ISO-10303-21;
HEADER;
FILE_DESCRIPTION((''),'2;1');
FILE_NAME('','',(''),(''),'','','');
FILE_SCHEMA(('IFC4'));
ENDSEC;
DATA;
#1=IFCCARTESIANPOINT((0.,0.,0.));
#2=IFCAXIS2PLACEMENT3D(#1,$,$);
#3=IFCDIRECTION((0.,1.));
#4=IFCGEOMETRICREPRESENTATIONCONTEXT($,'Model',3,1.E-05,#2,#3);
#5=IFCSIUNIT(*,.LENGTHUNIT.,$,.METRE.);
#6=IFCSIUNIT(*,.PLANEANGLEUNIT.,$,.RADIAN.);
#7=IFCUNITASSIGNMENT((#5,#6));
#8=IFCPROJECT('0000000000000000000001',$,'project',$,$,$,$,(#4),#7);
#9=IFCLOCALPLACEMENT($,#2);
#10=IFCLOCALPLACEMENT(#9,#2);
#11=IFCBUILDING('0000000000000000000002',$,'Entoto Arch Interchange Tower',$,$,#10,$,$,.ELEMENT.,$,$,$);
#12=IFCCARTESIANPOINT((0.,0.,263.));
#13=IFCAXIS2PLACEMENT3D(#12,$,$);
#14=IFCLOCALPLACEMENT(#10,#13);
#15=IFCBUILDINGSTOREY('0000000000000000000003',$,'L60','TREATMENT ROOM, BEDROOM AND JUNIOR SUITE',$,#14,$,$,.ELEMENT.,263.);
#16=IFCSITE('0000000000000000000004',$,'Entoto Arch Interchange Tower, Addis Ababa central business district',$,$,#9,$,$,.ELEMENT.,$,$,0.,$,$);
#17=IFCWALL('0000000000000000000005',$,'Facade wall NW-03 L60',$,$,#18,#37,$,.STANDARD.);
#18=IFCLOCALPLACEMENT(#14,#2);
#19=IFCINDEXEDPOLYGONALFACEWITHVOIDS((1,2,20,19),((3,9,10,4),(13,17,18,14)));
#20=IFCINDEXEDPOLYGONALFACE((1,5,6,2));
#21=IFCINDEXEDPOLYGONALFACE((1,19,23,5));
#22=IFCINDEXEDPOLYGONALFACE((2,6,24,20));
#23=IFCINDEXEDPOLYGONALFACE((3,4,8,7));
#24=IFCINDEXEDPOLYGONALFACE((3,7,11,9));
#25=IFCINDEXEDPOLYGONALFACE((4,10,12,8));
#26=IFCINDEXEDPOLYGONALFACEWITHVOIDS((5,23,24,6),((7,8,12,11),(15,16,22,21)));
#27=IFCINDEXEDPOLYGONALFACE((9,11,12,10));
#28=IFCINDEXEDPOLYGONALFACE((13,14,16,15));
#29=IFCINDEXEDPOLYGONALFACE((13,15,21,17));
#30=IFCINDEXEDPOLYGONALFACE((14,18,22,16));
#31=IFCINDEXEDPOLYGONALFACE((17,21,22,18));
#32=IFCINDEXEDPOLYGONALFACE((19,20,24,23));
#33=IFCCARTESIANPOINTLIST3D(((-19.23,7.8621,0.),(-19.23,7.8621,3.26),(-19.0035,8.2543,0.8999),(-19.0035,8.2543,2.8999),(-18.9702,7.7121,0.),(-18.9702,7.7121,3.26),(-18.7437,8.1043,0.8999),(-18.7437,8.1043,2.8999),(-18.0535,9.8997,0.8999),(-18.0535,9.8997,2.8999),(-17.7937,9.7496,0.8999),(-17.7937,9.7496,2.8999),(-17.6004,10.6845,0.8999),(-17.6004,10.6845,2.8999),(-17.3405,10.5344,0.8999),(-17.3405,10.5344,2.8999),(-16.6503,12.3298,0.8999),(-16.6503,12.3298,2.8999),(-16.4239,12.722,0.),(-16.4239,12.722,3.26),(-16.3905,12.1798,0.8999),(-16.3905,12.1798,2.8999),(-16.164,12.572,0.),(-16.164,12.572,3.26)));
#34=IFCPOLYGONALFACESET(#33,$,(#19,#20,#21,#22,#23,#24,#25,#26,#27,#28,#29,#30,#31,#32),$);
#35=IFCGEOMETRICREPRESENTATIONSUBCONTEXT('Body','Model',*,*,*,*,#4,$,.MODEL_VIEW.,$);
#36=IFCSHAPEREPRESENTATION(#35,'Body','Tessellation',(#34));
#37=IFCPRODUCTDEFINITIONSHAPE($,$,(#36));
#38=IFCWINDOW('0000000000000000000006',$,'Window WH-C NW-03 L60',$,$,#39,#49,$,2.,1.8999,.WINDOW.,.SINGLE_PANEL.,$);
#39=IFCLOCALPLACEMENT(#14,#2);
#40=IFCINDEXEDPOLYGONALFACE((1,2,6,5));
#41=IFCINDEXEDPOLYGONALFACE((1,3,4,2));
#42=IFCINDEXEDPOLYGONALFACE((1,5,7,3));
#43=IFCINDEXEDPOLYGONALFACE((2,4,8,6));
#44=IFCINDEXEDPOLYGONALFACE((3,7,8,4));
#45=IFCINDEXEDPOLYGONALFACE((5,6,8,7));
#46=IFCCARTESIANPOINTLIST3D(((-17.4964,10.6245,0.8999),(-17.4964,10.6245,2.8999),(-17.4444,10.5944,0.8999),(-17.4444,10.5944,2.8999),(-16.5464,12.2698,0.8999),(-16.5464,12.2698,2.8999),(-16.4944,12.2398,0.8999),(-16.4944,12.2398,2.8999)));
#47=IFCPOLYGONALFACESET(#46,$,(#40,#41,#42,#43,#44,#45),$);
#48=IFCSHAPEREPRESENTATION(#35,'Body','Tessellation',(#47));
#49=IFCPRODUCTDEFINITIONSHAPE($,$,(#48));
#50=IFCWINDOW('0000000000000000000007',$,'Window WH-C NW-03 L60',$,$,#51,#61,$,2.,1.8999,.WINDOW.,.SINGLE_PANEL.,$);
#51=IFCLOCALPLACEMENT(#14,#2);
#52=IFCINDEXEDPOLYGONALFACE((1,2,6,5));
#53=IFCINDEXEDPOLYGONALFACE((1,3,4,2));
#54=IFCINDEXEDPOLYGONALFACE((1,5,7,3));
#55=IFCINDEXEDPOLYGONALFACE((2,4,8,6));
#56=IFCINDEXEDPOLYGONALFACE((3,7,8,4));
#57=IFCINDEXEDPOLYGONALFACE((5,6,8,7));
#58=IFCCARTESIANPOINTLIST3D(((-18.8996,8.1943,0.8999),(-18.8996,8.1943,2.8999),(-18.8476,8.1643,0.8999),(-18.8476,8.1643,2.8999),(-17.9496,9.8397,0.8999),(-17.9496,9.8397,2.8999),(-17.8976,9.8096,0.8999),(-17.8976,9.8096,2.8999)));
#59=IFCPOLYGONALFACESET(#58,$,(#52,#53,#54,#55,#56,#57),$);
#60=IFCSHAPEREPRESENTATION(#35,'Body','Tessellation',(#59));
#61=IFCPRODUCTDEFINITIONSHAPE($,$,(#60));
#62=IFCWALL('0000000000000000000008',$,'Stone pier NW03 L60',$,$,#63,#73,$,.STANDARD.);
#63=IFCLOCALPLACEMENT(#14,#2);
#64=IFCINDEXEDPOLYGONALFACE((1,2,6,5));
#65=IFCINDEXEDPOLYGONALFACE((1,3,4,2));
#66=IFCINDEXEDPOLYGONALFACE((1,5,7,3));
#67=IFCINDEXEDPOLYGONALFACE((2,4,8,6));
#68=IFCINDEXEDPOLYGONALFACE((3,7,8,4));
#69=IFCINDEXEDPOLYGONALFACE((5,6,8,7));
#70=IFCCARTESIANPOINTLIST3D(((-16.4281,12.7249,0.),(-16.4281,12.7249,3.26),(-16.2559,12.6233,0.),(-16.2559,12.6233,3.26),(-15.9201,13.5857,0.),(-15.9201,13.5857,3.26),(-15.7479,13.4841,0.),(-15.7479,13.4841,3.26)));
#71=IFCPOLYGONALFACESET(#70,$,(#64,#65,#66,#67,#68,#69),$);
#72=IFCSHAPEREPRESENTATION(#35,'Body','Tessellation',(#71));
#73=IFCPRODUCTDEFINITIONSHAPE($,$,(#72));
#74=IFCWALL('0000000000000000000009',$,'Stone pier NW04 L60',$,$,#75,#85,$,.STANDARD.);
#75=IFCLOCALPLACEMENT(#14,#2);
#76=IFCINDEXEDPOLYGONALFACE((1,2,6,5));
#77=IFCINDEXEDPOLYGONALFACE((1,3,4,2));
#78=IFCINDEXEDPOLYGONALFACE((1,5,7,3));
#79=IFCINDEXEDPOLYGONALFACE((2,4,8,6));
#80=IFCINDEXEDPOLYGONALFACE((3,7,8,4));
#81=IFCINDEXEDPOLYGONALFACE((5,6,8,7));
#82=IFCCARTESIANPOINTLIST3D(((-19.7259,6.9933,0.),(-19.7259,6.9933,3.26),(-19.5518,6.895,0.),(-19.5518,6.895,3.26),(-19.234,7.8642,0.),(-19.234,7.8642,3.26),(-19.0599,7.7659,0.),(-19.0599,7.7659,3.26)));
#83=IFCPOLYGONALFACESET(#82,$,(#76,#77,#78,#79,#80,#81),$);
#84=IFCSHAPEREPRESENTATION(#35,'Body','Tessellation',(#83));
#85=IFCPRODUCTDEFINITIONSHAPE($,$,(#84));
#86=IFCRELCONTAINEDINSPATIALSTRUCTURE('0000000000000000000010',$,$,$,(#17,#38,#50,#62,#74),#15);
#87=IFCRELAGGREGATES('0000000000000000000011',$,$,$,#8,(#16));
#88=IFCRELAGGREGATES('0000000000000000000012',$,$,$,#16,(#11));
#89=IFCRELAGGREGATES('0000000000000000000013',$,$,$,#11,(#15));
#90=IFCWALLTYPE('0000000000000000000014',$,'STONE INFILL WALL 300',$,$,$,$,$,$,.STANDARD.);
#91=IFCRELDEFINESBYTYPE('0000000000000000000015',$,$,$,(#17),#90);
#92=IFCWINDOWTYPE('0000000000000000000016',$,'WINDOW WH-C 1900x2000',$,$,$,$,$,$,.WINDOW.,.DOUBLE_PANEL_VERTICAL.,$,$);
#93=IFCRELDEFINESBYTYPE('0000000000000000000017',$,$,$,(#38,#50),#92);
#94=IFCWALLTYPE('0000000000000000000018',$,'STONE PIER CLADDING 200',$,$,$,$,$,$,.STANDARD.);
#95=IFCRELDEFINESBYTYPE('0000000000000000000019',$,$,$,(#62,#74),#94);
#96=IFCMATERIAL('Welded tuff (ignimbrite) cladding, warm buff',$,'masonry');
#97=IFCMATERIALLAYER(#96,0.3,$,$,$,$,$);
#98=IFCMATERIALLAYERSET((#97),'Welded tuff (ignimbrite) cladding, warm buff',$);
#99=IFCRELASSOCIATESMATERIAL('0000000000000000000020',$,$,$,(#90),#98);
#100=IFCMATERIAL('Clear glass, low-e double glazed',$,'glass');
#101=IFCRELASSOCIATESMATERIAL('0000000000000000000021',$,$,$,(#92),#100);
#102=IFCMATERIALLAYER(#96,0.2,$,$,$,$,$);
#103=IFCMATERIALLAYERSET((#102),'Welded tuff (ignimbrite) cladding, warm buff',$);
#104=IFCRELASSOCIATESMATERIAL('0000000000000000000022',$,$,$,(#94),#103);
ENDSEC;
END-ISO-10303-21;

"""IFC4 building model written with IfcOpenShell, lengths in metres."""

from ifc_helpers import new_model, si_unit, direction, frame, frame_2d, origin, place, context, subcontext, project, spatial, rectangle, extrude, material, layer, layer_set, type_object, element, fill, save


model = new_model("IFC4")

# Units and contexts
model_context = context("Model", 3, precision=1e-05, world=origin(), true_north=direction((0.0, 1.0)))
body_context = subcontext(model_context, "Body", "Model", "MODEL_VIEW")
ifc_project = project(units=[si_unit("LENGTHUNIT", "METRE"), si_unit("PLANEANGLEUNIT", "RADIAN")], contexts=[model_context])

# Site, building, storey
site_placement = place(None, origin())
site = spatial("IfcSite", under=ifc_project, at=site_placement, Name="Entoto Arch Interchange Tower, Addis Ababa central business district", CompositionType="ELEMENT", RefElevation=0.0)
building_placement = place(site_placement, origin())
building = spatial("IfcBuilding", under=site, at=building_placement, Name="Entoto Arch Interchange Tower", CompositionType="ELEMENT")
storey_placement = place(building_placement, frame((0.0, 0.0, 263.0)))
storey = spatial("IfcBuildingStorey", under=building, at=storey_placement, Name="L60", Description="TREATMENT ROOM, BEDROOM AND JUNIOR SUITE", CompositionType="ELEMENT", Elevation=263.0)

# Wall, openings, windows
ifc_material_1 = material(Name="Welded tuff (ignimbrite) cladding, warm buff", Category="masonry")
ifc_layer_1 = layer(ifc_material_1, 0.3)
ifc_layer_set_1 = layer_set([ifc_layer_1], Name="Welded tuff (ignimbrite) cladding, warm buff")
wall_type_1 = type_object("IfcWallType", Name="STONE INFILL WALL 300", PredefinedType="STANDARD", material=ifc_layer_set_1)
wall_1_placement = place(storey_placement, frame((-16.2939, 12.647, 0.0), z_axis=(0.0, 0.0, 1.0), x_axis=(-0.500041, -0.866002, 0.0)))
wall_1 = element("IfcWall", 1, at=wall_1_placement, inside=storey, type_object=wall_type_1, Name="Facade wall NW-03 L60", PredefinedType="STANDARD", context=body_context, shape_type="SweptSolid", body=[
    extrude(rectangle(XDim=5.6118, YDim=0.3, at=frame_2d((2.8059, 0.0))), origin(), (0.0, 0.0, 1.0), 3.26),
])
opening_1_placement = place(wall_1_placement, frame((0.4529, 0.0, 0.8999)))
opening_1 = element("IfcOpeningElement", 2, at=opening_1_placement, cuts=wall_1, PredefinedType="OPENING", context=body_context, shape_type="SweptSolid", body=[
    extrude(rectangle(XDim=1.8999, YDim=2.0, at=frame_2d((0.95, 1.0))), frame((0.0, 0.1602, 0.0), z_axis=(0.0, -1.0, 0.0), x_axis=(1.0, 0.0, 0.0)), (0.0, 0.0, 1.0), 0.3201),
])
opening_2_placement = place(wall_1_placement, frame((3.259, 0.0, 0.8999)))
opening_2 = element("IfcOpeningElement", 3, at=opening_2_placement, cuts=wall_1, PredefinedType="OPENING", context=body_context, shape_type="SweptSolid", body=[
    extrude(rectangle(XDim=1.8999, YDim=2.0, at=frame_2d((0.95, 1.0))), frame((0.0, 0.1602, 0.0), z_axis=(0.0, -1.0, 0.0), x_axis=(1.0, 0.0, 0.0)), (0.0, 0.0, 1.0), 0.3201),
])
ifc_material_2 = material(Name="Clear glass, low-e double glazed", Category="glass")
window_type = type_object("IfcWindowType", Name="WINDOW WH-C 1900x2000", PartitioningType="DOUBLE_PANEL_VERTICAL", PredefinedType="WINDOW", material=ifc_material_2)
window_1_placement = place(opening_1_placement, origin())
window_1 = element("IfcWindow", 4, at=window_1_placement, inside=storey, type_object=window_type, Name="Window WH-C NW-03 L60", OverallHeight=2.0, OverallWidth=1.8999, PartitioningType="SINGLE_PANEL", PredefinedType="WINDOW", context=body_context, shape_type="SweptSolid", body=[
    extrude(rectangle(XDim=1.8999, YDim=2.0, at=frame_2d((0.95, 1.0))), frame((0.0, 0.03, 0.0), z_axis=(0.0, -1.0, 0.0), x_axis=(1.0, 0.0, 0.0)), (0.0, 0.0, 1.0), 0.0601),
])
fill(opening_1, window_1)
window_2_placement = place(opening_2_placement, origin())
window_2 = element("IfcWindow", 5, at=window_2_placement, inside=storey, type_object=window_type, Name="Window WH-C NW-03 L60", OverallHeight=2.0, OverallWidth=1.8999, PartitioningType="SINGLE_PANEL", PredefinedType="WINDOW", context=body_context, shape_type="SweptSolid", body=[
    extrude(rectangle(XDim=1.8999, YDim=2.0, at=frame_2d((0.95, 1.0))), frame((0.0, 0.03, 0.0), z_axis=(0.0, -1.0, 0.0), x_axis=(1.0, 0.0, 0.0)), (0.0, 0.0, 1.0), 0.0601),
])
fill(opening_2, window_2)

# Walls
ifc_layer_2 = layer(ifc_material_1, 0.2)
ifc_layer_set_2 = layer_set([ifc_layer_2], Name="Welded tuff (ignimbrite) cladding, warm buff")
wall_type_2 = type_object("IfcWallType", Name="STONE PIER CLADDING 200", PredefinedType="STANDARD", material=ifc_layer_set_2)
wall_2_placement = place(storey_placement, frame((-15.834, 13.5349, 0.0), z_axis=(0.0, 0.0, 1.0), x_axis=(-0.508268, -0.861199, 0.0)))
element("IfcWall", 6, at=wall_2_placement, inside=storey, type_object=wall_type_2, Name="Stone pier NW03 L60", PredefinedType="STANDARD", context=body_context, shape_type="SweptSolid", body=[
    extrude(rectangle(XDim=0.9995, YDim=0.2, at=frame_2d((0.4998, 0.0))), origin(), (0.0, 0.0, 1.0), 3.26),
])
wall_3_placement = place(storey_placement, frame((-19.147, 7.8149, 0.0), z_axis=(0.0, 0.0, 1.0), x_axis=(-0.491848, -0.870681, 0.0)))
element("IfcWall", 7, at=wall_3_placement, inside=storey, type_object=wall_type_2, Name="Stone pier NW04 L60", PredefinedType="STANDARD", context=body_context, shape_type="SweptSolid", body=[
    extrude(rectangle(XDim=1.0002, YDim=0.2, at=frame_2d((0.5, 0.0))), origin(), (0.0, 0.0, 1.0), 3.26),
])

save(model, "model.ifc")
